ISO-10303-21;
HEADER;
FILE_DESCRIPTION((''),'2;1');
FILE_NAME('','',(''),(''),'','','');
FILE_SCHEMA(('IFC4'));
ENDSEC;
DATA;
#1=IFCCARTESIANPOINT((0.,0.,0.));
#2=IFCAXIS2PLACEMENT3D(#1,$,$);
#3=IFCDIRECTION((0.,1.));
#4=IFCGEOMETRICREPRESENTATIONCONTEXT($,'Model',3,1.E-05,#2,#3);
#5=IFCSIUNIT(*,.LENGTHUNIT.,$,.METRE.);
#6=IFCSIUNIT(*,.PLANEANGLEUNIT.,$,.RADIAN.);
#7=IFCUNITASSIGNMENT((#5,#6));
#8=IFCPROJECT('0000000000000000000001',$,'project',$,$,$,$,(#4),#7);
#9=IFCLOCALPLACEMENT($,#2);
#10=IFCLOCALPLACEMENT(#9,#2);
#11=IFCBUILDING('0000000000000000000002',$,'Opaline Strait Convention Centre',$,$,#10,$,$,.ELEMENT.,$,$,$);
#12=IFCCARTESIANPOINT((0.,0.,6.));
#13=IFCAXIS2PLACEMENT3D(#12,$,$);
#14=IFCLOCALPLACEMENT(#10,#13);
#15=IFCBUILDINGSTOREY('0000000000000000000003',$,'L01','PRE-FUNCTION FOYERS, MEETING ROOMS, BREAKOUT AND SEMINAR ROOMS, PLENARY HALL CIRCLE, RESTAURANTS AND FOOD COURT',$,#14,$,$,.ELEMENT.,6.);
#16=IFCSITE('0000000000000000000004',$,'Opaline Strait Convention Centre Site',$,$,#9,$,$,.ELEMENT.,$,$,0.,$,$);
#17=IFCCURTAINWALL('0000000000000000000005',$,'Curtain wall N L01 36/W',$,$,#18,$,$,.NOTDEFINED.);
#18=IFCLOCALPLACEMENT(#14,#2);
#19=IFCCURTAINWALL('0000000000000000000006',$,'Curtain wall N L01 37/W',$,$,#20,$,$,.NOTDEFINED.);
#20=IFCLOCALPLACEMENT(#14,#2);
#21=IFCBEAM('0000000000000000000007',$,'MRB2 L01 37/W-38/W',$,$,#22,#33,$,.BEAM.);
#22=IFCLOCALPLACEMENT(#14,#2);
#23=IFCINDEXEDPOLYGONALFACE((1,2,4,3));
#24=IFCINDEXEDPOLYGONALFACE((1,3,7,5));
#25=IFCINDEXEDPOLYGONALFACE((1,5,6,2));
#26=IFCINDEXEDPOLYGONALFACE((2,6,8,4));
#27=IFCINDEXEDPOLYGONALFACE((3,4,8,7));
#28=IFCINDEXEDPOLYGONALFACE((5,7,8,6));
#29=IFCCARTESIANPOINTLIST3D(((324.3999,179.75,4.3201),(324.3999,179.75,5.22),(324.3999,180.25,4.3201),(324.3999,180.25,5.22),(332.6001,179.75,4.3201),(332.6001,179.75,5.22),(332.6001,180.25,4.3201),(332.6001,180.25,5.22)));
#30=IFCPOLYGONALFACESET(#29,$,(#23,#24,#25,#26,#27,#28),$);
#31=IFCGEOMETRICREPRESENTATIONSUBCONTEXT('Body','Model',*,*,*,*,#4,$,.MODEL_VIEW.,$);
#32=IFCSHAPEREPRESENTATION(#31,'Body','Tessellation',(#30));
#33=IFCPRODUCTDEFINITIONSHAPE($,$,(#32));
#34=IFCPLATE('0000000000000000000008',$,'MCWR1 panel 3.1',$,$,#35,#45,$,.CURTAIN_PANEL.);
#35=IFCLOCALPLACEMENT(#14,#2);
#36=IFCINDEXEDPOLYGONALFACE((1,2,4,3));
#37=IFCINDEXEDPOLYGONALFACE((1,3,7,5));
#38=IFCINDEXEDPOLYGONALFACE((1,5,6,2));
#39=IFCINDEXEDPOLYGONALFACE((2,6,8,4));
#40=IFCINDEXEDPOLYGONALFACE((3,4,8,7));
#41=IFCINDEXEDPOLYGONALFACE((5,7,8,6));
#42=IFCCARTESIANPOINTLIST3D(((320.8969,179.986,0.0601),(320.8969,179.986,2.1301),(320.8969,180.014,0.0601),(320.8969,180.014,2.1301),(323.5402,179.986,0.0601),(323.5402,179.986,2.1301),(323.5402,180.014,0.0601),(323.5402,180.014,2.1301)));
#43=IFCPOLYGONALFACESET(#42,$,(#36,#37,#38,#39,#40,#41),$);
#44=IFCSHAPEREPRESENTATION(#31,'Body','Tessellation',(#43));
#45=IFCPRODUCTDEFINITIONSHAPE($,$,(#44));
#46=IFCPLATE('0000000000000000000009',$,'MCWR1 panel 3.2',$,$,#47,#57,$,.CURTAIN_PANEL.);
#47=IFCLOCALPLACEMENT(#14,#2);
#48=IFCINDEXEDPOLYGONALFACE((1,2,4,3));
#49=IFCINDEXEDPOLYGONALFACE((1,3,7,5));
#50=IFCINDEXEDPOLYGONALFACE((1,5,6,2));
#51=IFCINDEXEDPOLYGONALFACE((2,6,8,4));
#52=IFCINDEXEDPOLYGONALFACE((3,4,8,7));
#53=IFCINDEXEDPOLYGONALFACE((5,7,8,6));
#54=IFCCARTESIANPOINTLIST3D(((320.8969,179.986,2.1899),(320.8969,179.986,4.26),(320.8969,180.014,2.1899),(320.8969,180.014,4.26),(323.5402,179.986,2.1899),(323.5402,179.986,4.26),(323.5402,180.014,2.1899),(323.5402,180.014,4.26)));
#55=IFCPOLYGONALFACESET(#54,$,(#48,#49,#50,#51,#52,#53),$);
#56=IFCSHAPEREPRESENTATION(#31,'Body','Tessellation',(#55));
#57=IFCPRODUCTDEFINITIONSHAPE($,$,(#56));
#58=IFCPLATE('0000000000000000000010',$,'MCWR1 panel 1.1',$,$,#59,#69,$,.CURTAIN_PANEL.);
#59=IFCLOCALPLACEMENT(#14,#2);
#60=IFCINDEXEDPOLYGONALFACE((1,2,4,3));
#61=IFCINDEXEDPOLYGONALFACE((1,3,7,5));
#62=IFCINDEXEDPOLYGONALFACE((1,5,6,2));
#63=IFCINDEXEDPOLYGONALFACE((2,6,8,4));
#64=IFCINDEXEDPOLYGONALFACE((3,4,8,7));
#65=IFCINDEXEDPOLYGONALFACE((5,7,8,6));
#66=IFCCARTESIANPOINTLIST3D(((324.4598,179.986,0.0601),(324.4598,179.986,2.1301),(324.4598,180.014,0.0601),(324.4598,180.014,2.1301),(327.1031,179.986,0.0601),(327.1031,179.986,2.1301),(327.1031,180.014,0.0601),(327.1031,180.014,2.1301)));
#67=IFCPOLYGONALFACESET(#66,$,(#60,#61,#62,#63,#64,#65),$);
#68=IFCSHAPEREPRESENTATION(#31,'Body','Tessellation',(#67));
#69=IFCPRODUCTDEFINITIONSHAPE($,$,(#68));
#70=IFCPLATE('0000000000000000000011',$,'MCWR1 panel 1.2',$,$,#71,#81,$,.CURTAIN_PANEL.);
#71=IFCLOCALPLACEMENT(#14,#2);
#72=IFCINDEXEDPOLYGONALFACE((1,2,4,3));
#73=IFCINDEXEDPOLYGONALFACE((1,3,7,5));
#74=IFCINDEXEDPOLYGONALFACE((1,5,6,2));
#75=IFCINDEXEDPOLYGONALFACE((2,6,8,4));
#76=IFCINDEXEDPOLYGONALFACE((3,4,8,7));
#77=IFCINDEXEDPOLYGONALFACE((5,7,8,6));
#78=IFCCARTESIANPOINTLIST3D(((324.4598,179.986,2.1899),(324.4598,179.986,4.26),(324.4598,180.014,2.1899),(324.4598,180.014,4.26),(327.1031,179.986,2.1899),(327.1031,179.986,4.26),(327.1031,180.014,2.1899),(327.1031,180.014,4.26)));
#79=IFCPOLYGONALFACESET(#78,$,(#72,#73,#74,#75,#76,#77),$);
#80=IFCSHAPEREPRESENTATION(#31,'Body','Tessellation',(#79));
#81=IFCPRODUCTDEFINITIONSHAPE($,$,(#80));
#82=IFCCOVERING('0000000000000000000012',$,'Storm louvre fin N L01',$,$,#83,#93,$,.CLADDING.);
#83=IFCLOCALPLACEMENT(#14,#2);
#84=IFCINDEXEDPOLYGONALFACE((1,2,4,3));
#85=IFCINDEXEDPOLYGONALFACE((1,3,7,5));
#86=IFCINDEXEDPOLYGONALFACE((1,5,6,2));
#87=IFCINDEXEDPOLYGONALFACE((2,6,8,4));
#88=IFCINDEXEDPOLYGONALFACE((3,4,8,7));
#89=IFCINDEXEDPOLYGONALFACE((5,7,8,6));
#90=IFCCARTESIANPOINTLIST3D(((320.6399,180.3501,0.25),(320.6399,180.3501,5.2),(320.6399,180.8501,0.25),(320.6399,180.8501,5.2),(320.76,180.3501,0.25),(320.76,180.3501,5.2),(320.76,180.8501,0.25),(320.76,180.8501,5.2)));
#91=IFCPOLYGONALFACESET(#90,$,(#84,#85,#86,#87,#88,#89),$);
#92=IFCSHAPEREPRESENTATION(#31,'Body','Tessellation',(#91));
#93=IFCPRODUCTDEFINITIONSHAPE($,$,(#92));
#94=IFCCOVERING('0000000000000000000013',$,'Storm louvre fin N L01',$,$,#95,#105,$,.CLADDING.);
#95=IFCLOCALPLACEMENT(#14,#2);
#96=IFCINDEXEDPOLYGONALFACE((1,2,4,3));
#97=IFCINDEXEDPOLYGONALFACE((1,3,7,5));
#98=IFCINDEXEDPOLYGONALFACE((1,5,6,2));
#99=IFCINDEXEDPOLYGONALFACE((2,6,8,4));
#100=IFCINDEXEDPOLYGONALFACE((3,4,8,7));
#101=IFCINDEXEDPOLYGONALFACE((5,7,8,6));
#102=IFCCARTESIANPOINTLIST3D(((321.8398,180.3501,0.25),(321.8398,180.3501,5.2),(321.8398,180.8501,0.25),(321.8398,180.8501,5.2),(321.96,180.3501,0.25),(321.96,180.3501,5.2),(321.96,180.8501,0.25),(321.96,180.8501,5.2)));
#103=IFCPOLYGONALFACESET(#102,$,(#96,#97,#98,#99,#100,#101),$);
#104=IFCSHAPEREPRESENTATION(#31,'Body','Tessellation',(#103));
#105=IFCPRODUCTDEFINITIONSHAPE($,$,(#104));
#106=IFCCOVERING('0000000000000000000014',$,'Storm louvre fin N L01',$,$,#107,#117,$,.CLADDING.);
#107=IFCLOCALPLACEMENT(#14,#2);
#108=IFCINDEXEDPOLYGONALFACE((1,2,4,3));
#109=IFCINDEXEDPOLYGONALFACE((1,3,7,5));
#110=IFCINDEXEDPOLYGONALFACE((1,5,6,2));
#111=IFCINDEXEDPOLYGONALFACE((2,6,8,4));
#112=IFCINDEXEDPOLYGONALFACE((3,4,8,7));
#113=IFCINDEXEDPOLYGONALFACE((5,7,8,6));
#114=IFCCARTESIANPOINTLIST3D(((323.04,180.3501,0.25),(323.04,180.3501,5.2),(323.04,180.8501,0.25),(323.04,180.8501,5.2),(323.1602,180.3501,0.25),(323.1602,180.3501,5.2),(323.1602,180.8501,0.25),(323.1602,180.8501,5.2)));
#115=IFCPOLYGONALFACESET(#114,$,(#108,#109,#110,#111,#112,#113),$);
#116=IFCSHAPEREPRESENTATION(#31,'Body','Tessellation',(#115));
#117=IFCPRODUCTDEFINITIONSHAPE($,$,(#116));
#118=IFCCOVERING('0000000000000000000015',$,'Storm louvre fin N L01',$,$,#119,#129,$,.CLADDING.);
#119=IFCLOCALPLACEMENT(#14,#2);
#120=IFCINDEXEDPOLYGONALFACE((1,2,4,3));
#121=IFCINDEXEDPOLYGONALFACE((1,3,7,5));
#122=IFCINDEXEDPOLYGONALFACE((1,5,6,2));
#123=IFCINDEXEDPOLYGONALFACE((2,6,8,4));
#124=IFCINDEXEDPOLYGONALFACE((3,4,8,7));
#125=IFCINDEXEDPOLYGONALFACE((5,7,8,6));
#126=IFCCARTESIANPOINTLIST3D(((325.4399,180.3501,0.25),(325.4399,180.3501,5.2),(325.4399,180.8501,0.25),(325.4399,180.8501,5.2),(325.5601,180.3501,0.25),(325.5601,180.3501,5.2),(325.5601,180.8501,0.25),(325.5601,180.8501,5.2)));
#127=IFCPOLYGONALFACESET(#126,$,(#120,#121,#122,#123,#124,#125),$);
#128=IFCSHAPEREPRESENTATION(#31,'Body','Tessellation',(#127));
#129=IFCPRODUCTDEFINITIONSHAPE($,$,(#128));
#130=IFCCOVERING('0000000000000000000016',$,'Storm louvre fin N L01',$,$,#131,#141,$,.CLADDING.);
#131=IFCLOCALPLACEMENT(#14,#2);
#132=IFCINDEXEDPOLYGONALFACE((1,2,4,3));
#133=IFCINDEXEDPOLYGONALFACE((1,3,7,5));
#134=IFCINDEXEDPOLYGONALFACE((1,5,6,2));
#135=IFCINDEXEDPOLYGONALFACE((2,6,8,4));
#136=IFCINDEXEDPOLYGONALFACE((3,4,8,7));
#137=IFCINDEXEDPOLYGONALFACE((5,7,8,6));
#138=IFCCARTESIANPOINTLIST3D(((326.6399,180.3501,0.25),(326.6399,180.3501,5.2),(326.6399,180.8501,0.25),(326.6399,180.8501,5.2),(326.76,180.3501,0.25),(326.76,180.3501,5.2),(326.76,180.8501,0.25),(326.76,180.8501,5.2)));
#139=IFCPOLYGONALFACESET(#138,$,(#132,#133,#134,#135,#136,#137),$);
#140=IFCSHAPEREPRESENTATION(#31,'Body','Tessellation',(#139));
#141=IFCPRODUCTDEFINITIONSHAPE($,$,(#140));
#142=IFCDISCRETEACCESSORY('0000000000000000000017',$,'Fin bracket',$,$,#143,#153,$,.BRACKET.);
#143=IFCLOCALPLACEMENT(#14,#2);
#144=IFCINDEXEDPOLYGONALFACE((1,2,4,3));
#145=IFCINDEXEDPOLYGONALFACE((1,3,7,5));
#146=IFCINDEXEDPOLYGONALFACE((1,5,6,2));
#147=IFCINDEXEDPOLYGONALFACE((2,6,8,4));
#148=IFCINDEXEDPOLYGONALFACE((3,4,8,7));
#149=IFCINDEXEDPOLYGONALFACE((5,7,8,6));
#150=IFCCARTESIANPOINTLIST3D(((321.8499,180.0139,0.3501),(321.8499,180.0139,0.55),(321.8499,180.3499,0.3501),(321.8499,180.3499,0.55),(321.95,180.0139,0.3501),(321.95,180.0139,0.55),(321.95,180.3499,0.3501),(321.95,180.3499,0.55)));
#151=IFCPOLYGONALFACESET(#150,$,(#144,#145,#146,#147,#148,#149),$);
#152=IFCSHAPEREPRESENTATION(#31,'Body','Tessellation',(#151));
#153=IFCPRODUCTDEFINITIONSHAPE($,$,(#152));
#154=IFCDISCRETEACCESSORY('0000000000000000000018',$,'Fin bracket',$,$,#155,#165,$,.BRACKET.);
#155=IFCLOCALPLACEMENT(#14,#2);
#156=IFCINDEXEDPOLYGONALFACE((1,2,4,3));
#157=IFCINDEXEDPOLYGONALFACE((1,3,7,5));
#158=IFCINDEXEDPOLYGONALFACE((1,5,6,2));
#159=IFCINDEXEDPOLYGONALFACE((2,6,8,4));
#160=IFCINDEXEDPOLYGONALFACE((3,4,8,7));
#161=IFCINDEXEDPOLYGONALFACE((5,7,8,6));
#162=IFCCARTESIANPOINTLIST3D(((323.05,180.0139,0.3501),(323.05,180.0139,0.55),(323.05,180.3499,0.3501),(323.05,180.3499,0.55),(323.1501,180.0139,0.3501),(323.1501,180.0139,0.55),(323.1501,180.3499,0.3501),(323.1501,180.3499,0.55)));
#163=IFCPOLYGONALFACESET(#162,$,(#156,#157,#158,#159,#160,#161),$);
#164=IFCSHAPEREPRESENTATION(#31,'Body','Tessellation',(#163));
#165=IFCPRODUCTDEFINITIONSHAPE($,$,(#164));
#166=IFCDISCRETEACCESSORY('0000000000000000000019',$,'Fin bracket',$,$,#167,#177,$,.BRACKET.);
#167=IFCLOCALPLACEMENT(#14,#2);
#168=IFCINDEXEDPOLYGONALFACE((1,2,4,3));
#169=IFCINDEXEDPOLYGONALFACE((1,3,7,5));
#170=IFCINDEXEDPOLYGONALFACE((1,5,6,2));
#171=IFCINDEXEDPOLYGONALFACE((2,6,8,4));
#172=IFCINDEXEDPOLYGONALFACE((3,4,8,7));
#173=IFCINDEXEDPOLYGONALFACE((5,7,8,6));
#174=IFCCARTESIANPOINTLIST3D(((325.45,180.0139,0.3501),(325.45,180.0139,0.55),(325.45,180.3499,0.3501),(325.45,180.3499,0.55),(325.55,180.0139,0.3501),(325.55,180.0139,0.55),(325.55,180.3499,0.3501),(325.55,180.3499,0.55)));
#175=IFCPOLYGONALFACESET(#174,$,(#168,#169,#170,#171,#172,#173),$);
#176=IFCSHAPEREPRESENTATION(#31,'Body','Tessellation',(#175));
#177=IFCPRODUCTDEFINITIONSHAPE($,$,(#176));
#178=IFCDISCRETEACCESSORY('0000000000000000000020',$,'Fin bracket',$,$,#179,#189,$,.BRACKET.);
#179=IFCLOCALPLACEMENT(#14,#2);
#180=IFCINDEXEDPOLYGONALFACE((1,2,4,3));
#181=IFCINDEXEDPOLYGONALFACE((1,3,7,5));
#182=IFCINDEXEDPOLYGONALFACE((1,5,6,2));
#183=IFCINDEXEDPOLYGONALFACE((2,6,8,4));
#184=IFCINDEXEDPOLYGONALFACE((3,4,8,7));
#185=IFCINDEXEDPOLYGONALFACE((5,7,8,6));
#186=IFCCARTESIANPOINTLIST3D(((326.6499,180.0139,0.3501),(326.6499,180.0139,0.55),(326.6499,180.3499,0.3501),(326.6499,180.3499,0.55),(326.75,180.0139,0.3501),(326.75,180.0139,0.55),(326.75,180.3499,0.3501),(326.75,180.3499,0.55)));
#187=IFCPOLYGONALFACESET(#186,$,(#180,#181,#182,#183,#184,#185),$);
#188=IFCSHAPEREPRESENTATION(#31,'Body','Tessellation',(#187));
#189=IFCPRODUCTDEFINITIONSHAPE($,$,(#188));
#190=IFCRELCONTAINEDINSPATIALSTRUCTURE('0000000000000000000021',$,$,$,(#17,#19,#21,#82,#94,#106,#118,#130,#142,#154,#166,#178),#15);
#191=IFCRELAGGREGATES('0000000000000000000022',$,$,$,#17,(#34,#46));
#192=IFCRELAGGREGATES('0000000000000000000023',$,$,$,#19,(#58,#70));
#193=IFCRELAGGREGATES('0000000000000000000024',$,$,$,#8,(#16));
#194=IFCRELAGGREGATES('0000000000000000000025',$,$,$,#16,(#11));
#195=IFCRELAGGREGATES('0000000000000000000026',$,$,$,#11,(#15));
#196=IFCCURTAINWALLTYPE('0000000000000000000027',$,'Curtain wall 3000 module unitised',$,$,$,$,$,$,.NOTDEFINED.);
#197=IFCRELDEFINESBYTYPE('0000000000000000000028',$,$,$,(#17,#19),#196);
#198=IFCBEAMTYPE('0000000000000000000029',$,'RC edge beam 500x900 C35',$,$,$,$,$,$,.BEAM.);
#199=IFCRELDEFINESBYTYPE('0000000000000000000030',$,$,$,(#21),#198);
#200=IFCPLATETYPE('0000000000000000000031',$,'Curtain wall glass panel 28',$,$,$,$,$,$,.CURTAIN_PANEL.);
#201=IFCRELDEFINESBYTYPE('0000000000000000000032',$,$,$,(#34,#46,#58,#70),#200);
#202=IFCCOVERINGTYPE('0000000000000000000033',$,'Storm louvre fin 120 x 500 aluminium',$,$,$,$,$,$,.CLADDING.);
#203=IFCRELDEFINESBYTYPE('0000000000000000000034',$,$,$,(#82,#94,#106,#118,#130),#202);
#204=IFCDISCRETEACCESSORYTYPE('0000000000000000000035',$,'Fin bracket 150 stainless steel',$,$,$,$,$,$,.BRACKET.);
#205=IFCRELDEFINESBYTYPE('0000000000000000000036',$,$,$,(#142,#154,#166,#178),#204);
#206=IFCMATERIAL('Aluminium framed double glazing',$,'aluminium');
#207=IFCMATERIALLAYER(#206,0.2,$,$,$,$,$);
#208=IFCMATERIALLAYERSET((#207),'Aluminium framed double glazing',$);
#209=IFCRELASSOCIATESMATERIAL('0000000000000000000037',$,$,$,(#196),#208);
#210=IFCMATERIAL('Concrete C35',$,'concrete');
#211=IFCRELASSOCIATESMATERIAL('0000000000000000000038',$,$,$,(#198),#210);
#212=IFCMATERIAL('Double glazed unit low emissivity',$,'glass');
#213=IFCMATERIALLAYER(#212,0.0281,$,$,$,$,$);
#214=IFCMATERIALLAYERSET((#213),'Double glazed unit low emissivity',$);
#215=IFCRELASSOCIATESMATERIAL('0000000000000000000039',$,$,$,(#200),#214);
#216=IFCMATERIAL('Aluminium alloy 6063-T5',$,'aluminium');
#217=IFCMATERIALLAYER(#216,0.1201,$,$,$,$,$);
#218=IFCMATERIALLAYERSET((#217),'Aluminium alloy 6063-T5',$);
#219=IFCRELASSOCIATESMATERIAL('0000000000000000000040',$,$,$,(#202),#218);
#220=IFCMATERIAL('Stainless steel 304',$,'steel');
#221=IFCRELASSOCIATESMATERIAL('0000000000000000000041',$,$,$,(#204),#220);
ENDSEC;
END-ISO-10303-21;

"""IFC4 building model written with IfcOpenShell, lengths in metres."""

from ifc_helpers import new_model, si_unit, direction, frame, origin, origin_2d, place, context, subcontext, project, spatial, rectangle, extrude, material, layer, layer_set, material_profile, profile_set, type_object, element, aggregate, save


model = new_model("IFC4")

# Units and contexts
model_context = context("Model", 3, precision=1e-05, world=origin(), true_north=direction((0.0, 1.0)))
body_context = subcontext(model_context, "Body", "Model", "MODEL_VIEW")
ifc_project = project(units=[si_unit("LENGTHUNIT", "METRE"), si_unit("PLANEANGLEUNIT", "RADIAN")], contexts=[model_context])

# Site, building, storey
site_placement = place(None, origin())
site = spatial("IfcSite", under=ifc_project, at=site_placement, Name="Opaline Strait Convention Centre Site", CompositionType="ELEMENT", RefElevation=0.0)
building_placement = place(site_placement, origin())
building = spatial("IfcBuilding", under=site, at=building_placement, Name="Opaline Strait Convention Centre", CompositionType="ELEMENT")
storey_placement = place(building_placement, frame((0.0, 0.0, 6.0)))
storey = spatial("IfcBuildingStorey", under=building, at=storey_placement, Name="L01", Description="PRE-FUNCTION FOYERS, MEETING ROOMS, BREAKOUT AND SEMINAR ROOMS, PLENARY HALL CIRCLE, RESTAURANTS AND FOOD COURT", CompositionType="ELEMENT", Elevation=6.0)

# Curtain walls
ifc_material_1 = material(Name="Aluminium framed double glazing", Category="aluminium")
ifc_layer_1 = layer(ifc_material_1, 0.2)
ifc_layer_set_1 = layer_set([ifc_layer_1], Name="Aluminium framed double glazing")
curtain_wall_type = type_object("IfcCurtainWallType", Name="Curtain wall 3000 module unitised", PredefinedType="NOTDEFINED", material=ifc_layer_set_1)
curtain_wall_1_placement = place(storey_placement, origin())
curtain_wall_1 = element("IfcCurtainWall", 1, at=curtain_wall_1_placement, inside=storey, type_object=curtain_wall_type, Name="Curtain wall N L01 36/W", PredefinedType="NOTDEFINED")
curtain_wall_2_placement = place(storey_placement, origin())
curtain_wall_2 = element("IfcCurtainWall", 2, at=curtain_wall_2_placement, inside=storey, type_object=curtain_wall_type, Name="Curtain wall N L01 37/W", PredefinedType="NOTDEFINED")

# Beam
ifc_material_2 = material(Name="Concrete C35", Category="concrete")
ifc_material_profile_1 = material_profile(ifc_material_2, rectangle(XDim=0.5, YDim=0.8999, at=origin_2d()), Name="RC 500x900")
ifc_profile_set_1 = profile_set([ifc_material_profile_1], Name="Concrete C35")
beam_type = type_object("IfcBeamType", Name="RC edge beam 500x900 C35", PredefinedType="BEAM", material=ifc_profile_set_1)
beam_placement = place(storey_placement, frame((324.3999, 180.0, 4.77), z_axis=(1.0, 0.0, 0.0), x_axis=(0.0, 1.0, 0.0)))
element("IfcBeam", 3, at=beam_placement, inside=storey, type_object=beam_type, Name="MRB2 L01 37/W-38/W", PredefinedType="BEAM", context=body_context, shape_type="SweptSolid", body=[
    extrude(rectangle(XDim=0.5, YDim=0.8999, at=origin_2d()), origin(), (0.0, 0.0, 1.0), 8.2002),
])

# Plates
ifc_material_3 = material(Name="Double glazed unit low emissivity", Category="glass")
ifc_layer_2 = layer(ifc_material_3, 0.0281)
ifc_layer_set_2 = layer_set([ifc_layer_2], Name="Double glazed unit low emissivity")
plate_type = type_object("IfcPlateType", Name="Curtain wall glass panel 28", PredefinedType="CURTAIN_PANEL", material=ifc_layer_set_2)
plate_1_placement = place(storey_placement, frame((322.2185, 180.0, 0.0601), z_axis=(0.0, 0.0, 1.0), x_axis=(1.0, 0.0, 0.0)))
plate_1 = element("IfcPlate", 4, at=plate_1_placement, type_object=plate_type, Name="MCWR1 panel 3.1", PredefinedType="CURTAIN_PANEL", context=body_context, shape_type="SweptSolid", body=[
    extrude(rectangle(XDim=2.6433, YDim=0.0281, at=origin_2d()), origin(), (0.0, 0.0, 1.0), 2.0701),
])
plate_2_placement = place(storey_placement, frame((322.2185, 180.0, 2.1899), z_axis=(0.0, 0.0, 1.0), x_axis=(1.0, 0.0, 0.0)))
plate_2 = element("IfcPlate", 5, at=plate_2_placement, type_object=plate_type, Name="MCWR1 panel 3.2", PredefinedType="CURTAIN_PANEL", context=body_context, shape_type="SweptSolid", body=[
    extrude(rectangle(XDim=2.6433, YDim=0.0281, at=origin_2d()), origin(), (0.0, 0.0, 1.0), 2.0701),
])
aggregate(curtain_wall_1, [plate_1, plate_2])
plate_3_placement = place(storey_placement, frame((325.7815, 180.0, 0.0601), z_axis=(0.0, 0.0, 1.0), x_axis=(1.0, 0.0, 0.0)))
plate_3 = element("IfcPlate", 6, at=plate_3_placement, type_object=plate_type, Name="MCWR1 panel 1.1", PredefinedType="CURTAIN_PANEL", context=body_context, shape_type="SweptSolid", body=[
    extrude(rectangle(XDim=2.6433, YDim=0.0281, at=origin_2d()), origin(), (0.0, 0.0, 1.0), 2.0701),
])
plate_4_placement = place(storey_placement, frame((325.7815, 180.0, 2.1899), z_axis=(0.0, 0.0, 1.0), x_axis=(1.0, 0.0, 0.0)))
plate_4 = element("IfcPlate", 7, at=plate_4_placement, type_object=plate_type, Name="MCWR1 panel 1.2", PredefinedType="CURTAIN_PANEL", context=body_context, shape_type="SweptSolid", body=[
    extrude(rectangle(XDim=2.6433, YDim=0.0281, at=origin_2d()), origin(), (0.0, 0.0, 1.0), 2.0701),
])
aggregate(curtain_wall_2, [plate_3, plate_4])

# Coverings
ifc_material_4 = material(Name="Aluminium alloy 6063-T5", Category="aluminium")
ifc_layer_3 = layer(ifc_material_4, 0.1201)
ifc_layer_set_3 = layer_set([ifc_layer_3], Name="Aluminium alloy 6063-T5")
covering_type = type_object("IfcCoveringType", Name="Storm louvre fin 120 x 500 aluminium", PredefinedType="CLADDING", material=ifc_layer_set_3)
for number, where, z_axis, x_axis, name in (
    (8, (320.7, 180.6001, 0.25), (0.0, 0.0, 1.0), (1.0, 0.0, 0.0), "Storm louvre fin N L01"),
    (9, (321.8999, 180.6001, 0.25), (0.0, 0.0, 1.0), (1.0, 0.0, 0.0), "Storm louvre fin N L01"),
    (10, (323.1001, 180.6001, 0.25), (0.0, 0.0, 1.0), (1.0, 0.0, 0.0), "Storm louvre fin N L01"),
    (11, (325.5, 180.6001, 0.25), (0.0, 0.0, 1.0), (1.0, 0.0, 0.0), "Storm louvre fin N L01"),
    (12, (326.7, 180.6001, 0.25), (0.0, 0.0, 1.0), (1.0, 0.0, 0.0), "Storm louvre fin N L01"),
):
    element("IfcCovering", number, at=place(storey_placement, frame(where, z_axis=z_axis, x_axis=x_axis)), inside=storey, type_object=covering_type, Name=name, PredefinedType="CLADDING", context=body_context, shape_type="SweptSolid", body=[
        extrude(rectangle(XDim=0.1201, YDim=0.5, at=origin_2d()), origin(), (0.0, 0.0, 1.0), 4.95),
    ])

# Discrete accessories
ifc_material_5 = material(Name="Stainless steel 304", Category="steel")
discrete_accessory_type = type_object("IfcDiscreteAccessoryType", Name="Fin bracket 150 stainless steel", PredefinedType="BRACKET", material=ifc_material_5)
for number, where, z_axis, x_axis, name in (
    (13, (321.8999, 180.1819, 0.3501), (0.0, 0.0, 1.0), (1.0, 0.0, 0.0), "Fin bracket"),
    (14, (323.1001, 180.1819, 0.3501), (0.0, 0.0, 1.0), (1.0, 0.0, 0.0), "Fin bracket"),
    (15, (325.5, 180.1819, 0.3501), (0.0, 0.0, 1.0), (1.0, 0.0, 0.0), "Fin bracket"),
    (16, (326.7, 180.1819, 0.3501), (0.0, 0.0, 1.0), (1.0, 0.0, 0.0), "Fin bracket"),
):
    element("IfcDiscreteAccessory", number, at=place(storey_placement, frame(where, z_axis=z_axis, x_axis=x_axis)), inside=storey, type_object=discrete_accessory_type, Name=name, PredefinedType="BRACKET", context=body_context, shape_type="SweptSolid", body=[
        extrude(rectangle(XDim=0.1001, YDim=0.3359, at=origin_2d()), origin(), (0.0, 0.0, 1.0), 0.2),
    ])

save(model, "model.ifc")
